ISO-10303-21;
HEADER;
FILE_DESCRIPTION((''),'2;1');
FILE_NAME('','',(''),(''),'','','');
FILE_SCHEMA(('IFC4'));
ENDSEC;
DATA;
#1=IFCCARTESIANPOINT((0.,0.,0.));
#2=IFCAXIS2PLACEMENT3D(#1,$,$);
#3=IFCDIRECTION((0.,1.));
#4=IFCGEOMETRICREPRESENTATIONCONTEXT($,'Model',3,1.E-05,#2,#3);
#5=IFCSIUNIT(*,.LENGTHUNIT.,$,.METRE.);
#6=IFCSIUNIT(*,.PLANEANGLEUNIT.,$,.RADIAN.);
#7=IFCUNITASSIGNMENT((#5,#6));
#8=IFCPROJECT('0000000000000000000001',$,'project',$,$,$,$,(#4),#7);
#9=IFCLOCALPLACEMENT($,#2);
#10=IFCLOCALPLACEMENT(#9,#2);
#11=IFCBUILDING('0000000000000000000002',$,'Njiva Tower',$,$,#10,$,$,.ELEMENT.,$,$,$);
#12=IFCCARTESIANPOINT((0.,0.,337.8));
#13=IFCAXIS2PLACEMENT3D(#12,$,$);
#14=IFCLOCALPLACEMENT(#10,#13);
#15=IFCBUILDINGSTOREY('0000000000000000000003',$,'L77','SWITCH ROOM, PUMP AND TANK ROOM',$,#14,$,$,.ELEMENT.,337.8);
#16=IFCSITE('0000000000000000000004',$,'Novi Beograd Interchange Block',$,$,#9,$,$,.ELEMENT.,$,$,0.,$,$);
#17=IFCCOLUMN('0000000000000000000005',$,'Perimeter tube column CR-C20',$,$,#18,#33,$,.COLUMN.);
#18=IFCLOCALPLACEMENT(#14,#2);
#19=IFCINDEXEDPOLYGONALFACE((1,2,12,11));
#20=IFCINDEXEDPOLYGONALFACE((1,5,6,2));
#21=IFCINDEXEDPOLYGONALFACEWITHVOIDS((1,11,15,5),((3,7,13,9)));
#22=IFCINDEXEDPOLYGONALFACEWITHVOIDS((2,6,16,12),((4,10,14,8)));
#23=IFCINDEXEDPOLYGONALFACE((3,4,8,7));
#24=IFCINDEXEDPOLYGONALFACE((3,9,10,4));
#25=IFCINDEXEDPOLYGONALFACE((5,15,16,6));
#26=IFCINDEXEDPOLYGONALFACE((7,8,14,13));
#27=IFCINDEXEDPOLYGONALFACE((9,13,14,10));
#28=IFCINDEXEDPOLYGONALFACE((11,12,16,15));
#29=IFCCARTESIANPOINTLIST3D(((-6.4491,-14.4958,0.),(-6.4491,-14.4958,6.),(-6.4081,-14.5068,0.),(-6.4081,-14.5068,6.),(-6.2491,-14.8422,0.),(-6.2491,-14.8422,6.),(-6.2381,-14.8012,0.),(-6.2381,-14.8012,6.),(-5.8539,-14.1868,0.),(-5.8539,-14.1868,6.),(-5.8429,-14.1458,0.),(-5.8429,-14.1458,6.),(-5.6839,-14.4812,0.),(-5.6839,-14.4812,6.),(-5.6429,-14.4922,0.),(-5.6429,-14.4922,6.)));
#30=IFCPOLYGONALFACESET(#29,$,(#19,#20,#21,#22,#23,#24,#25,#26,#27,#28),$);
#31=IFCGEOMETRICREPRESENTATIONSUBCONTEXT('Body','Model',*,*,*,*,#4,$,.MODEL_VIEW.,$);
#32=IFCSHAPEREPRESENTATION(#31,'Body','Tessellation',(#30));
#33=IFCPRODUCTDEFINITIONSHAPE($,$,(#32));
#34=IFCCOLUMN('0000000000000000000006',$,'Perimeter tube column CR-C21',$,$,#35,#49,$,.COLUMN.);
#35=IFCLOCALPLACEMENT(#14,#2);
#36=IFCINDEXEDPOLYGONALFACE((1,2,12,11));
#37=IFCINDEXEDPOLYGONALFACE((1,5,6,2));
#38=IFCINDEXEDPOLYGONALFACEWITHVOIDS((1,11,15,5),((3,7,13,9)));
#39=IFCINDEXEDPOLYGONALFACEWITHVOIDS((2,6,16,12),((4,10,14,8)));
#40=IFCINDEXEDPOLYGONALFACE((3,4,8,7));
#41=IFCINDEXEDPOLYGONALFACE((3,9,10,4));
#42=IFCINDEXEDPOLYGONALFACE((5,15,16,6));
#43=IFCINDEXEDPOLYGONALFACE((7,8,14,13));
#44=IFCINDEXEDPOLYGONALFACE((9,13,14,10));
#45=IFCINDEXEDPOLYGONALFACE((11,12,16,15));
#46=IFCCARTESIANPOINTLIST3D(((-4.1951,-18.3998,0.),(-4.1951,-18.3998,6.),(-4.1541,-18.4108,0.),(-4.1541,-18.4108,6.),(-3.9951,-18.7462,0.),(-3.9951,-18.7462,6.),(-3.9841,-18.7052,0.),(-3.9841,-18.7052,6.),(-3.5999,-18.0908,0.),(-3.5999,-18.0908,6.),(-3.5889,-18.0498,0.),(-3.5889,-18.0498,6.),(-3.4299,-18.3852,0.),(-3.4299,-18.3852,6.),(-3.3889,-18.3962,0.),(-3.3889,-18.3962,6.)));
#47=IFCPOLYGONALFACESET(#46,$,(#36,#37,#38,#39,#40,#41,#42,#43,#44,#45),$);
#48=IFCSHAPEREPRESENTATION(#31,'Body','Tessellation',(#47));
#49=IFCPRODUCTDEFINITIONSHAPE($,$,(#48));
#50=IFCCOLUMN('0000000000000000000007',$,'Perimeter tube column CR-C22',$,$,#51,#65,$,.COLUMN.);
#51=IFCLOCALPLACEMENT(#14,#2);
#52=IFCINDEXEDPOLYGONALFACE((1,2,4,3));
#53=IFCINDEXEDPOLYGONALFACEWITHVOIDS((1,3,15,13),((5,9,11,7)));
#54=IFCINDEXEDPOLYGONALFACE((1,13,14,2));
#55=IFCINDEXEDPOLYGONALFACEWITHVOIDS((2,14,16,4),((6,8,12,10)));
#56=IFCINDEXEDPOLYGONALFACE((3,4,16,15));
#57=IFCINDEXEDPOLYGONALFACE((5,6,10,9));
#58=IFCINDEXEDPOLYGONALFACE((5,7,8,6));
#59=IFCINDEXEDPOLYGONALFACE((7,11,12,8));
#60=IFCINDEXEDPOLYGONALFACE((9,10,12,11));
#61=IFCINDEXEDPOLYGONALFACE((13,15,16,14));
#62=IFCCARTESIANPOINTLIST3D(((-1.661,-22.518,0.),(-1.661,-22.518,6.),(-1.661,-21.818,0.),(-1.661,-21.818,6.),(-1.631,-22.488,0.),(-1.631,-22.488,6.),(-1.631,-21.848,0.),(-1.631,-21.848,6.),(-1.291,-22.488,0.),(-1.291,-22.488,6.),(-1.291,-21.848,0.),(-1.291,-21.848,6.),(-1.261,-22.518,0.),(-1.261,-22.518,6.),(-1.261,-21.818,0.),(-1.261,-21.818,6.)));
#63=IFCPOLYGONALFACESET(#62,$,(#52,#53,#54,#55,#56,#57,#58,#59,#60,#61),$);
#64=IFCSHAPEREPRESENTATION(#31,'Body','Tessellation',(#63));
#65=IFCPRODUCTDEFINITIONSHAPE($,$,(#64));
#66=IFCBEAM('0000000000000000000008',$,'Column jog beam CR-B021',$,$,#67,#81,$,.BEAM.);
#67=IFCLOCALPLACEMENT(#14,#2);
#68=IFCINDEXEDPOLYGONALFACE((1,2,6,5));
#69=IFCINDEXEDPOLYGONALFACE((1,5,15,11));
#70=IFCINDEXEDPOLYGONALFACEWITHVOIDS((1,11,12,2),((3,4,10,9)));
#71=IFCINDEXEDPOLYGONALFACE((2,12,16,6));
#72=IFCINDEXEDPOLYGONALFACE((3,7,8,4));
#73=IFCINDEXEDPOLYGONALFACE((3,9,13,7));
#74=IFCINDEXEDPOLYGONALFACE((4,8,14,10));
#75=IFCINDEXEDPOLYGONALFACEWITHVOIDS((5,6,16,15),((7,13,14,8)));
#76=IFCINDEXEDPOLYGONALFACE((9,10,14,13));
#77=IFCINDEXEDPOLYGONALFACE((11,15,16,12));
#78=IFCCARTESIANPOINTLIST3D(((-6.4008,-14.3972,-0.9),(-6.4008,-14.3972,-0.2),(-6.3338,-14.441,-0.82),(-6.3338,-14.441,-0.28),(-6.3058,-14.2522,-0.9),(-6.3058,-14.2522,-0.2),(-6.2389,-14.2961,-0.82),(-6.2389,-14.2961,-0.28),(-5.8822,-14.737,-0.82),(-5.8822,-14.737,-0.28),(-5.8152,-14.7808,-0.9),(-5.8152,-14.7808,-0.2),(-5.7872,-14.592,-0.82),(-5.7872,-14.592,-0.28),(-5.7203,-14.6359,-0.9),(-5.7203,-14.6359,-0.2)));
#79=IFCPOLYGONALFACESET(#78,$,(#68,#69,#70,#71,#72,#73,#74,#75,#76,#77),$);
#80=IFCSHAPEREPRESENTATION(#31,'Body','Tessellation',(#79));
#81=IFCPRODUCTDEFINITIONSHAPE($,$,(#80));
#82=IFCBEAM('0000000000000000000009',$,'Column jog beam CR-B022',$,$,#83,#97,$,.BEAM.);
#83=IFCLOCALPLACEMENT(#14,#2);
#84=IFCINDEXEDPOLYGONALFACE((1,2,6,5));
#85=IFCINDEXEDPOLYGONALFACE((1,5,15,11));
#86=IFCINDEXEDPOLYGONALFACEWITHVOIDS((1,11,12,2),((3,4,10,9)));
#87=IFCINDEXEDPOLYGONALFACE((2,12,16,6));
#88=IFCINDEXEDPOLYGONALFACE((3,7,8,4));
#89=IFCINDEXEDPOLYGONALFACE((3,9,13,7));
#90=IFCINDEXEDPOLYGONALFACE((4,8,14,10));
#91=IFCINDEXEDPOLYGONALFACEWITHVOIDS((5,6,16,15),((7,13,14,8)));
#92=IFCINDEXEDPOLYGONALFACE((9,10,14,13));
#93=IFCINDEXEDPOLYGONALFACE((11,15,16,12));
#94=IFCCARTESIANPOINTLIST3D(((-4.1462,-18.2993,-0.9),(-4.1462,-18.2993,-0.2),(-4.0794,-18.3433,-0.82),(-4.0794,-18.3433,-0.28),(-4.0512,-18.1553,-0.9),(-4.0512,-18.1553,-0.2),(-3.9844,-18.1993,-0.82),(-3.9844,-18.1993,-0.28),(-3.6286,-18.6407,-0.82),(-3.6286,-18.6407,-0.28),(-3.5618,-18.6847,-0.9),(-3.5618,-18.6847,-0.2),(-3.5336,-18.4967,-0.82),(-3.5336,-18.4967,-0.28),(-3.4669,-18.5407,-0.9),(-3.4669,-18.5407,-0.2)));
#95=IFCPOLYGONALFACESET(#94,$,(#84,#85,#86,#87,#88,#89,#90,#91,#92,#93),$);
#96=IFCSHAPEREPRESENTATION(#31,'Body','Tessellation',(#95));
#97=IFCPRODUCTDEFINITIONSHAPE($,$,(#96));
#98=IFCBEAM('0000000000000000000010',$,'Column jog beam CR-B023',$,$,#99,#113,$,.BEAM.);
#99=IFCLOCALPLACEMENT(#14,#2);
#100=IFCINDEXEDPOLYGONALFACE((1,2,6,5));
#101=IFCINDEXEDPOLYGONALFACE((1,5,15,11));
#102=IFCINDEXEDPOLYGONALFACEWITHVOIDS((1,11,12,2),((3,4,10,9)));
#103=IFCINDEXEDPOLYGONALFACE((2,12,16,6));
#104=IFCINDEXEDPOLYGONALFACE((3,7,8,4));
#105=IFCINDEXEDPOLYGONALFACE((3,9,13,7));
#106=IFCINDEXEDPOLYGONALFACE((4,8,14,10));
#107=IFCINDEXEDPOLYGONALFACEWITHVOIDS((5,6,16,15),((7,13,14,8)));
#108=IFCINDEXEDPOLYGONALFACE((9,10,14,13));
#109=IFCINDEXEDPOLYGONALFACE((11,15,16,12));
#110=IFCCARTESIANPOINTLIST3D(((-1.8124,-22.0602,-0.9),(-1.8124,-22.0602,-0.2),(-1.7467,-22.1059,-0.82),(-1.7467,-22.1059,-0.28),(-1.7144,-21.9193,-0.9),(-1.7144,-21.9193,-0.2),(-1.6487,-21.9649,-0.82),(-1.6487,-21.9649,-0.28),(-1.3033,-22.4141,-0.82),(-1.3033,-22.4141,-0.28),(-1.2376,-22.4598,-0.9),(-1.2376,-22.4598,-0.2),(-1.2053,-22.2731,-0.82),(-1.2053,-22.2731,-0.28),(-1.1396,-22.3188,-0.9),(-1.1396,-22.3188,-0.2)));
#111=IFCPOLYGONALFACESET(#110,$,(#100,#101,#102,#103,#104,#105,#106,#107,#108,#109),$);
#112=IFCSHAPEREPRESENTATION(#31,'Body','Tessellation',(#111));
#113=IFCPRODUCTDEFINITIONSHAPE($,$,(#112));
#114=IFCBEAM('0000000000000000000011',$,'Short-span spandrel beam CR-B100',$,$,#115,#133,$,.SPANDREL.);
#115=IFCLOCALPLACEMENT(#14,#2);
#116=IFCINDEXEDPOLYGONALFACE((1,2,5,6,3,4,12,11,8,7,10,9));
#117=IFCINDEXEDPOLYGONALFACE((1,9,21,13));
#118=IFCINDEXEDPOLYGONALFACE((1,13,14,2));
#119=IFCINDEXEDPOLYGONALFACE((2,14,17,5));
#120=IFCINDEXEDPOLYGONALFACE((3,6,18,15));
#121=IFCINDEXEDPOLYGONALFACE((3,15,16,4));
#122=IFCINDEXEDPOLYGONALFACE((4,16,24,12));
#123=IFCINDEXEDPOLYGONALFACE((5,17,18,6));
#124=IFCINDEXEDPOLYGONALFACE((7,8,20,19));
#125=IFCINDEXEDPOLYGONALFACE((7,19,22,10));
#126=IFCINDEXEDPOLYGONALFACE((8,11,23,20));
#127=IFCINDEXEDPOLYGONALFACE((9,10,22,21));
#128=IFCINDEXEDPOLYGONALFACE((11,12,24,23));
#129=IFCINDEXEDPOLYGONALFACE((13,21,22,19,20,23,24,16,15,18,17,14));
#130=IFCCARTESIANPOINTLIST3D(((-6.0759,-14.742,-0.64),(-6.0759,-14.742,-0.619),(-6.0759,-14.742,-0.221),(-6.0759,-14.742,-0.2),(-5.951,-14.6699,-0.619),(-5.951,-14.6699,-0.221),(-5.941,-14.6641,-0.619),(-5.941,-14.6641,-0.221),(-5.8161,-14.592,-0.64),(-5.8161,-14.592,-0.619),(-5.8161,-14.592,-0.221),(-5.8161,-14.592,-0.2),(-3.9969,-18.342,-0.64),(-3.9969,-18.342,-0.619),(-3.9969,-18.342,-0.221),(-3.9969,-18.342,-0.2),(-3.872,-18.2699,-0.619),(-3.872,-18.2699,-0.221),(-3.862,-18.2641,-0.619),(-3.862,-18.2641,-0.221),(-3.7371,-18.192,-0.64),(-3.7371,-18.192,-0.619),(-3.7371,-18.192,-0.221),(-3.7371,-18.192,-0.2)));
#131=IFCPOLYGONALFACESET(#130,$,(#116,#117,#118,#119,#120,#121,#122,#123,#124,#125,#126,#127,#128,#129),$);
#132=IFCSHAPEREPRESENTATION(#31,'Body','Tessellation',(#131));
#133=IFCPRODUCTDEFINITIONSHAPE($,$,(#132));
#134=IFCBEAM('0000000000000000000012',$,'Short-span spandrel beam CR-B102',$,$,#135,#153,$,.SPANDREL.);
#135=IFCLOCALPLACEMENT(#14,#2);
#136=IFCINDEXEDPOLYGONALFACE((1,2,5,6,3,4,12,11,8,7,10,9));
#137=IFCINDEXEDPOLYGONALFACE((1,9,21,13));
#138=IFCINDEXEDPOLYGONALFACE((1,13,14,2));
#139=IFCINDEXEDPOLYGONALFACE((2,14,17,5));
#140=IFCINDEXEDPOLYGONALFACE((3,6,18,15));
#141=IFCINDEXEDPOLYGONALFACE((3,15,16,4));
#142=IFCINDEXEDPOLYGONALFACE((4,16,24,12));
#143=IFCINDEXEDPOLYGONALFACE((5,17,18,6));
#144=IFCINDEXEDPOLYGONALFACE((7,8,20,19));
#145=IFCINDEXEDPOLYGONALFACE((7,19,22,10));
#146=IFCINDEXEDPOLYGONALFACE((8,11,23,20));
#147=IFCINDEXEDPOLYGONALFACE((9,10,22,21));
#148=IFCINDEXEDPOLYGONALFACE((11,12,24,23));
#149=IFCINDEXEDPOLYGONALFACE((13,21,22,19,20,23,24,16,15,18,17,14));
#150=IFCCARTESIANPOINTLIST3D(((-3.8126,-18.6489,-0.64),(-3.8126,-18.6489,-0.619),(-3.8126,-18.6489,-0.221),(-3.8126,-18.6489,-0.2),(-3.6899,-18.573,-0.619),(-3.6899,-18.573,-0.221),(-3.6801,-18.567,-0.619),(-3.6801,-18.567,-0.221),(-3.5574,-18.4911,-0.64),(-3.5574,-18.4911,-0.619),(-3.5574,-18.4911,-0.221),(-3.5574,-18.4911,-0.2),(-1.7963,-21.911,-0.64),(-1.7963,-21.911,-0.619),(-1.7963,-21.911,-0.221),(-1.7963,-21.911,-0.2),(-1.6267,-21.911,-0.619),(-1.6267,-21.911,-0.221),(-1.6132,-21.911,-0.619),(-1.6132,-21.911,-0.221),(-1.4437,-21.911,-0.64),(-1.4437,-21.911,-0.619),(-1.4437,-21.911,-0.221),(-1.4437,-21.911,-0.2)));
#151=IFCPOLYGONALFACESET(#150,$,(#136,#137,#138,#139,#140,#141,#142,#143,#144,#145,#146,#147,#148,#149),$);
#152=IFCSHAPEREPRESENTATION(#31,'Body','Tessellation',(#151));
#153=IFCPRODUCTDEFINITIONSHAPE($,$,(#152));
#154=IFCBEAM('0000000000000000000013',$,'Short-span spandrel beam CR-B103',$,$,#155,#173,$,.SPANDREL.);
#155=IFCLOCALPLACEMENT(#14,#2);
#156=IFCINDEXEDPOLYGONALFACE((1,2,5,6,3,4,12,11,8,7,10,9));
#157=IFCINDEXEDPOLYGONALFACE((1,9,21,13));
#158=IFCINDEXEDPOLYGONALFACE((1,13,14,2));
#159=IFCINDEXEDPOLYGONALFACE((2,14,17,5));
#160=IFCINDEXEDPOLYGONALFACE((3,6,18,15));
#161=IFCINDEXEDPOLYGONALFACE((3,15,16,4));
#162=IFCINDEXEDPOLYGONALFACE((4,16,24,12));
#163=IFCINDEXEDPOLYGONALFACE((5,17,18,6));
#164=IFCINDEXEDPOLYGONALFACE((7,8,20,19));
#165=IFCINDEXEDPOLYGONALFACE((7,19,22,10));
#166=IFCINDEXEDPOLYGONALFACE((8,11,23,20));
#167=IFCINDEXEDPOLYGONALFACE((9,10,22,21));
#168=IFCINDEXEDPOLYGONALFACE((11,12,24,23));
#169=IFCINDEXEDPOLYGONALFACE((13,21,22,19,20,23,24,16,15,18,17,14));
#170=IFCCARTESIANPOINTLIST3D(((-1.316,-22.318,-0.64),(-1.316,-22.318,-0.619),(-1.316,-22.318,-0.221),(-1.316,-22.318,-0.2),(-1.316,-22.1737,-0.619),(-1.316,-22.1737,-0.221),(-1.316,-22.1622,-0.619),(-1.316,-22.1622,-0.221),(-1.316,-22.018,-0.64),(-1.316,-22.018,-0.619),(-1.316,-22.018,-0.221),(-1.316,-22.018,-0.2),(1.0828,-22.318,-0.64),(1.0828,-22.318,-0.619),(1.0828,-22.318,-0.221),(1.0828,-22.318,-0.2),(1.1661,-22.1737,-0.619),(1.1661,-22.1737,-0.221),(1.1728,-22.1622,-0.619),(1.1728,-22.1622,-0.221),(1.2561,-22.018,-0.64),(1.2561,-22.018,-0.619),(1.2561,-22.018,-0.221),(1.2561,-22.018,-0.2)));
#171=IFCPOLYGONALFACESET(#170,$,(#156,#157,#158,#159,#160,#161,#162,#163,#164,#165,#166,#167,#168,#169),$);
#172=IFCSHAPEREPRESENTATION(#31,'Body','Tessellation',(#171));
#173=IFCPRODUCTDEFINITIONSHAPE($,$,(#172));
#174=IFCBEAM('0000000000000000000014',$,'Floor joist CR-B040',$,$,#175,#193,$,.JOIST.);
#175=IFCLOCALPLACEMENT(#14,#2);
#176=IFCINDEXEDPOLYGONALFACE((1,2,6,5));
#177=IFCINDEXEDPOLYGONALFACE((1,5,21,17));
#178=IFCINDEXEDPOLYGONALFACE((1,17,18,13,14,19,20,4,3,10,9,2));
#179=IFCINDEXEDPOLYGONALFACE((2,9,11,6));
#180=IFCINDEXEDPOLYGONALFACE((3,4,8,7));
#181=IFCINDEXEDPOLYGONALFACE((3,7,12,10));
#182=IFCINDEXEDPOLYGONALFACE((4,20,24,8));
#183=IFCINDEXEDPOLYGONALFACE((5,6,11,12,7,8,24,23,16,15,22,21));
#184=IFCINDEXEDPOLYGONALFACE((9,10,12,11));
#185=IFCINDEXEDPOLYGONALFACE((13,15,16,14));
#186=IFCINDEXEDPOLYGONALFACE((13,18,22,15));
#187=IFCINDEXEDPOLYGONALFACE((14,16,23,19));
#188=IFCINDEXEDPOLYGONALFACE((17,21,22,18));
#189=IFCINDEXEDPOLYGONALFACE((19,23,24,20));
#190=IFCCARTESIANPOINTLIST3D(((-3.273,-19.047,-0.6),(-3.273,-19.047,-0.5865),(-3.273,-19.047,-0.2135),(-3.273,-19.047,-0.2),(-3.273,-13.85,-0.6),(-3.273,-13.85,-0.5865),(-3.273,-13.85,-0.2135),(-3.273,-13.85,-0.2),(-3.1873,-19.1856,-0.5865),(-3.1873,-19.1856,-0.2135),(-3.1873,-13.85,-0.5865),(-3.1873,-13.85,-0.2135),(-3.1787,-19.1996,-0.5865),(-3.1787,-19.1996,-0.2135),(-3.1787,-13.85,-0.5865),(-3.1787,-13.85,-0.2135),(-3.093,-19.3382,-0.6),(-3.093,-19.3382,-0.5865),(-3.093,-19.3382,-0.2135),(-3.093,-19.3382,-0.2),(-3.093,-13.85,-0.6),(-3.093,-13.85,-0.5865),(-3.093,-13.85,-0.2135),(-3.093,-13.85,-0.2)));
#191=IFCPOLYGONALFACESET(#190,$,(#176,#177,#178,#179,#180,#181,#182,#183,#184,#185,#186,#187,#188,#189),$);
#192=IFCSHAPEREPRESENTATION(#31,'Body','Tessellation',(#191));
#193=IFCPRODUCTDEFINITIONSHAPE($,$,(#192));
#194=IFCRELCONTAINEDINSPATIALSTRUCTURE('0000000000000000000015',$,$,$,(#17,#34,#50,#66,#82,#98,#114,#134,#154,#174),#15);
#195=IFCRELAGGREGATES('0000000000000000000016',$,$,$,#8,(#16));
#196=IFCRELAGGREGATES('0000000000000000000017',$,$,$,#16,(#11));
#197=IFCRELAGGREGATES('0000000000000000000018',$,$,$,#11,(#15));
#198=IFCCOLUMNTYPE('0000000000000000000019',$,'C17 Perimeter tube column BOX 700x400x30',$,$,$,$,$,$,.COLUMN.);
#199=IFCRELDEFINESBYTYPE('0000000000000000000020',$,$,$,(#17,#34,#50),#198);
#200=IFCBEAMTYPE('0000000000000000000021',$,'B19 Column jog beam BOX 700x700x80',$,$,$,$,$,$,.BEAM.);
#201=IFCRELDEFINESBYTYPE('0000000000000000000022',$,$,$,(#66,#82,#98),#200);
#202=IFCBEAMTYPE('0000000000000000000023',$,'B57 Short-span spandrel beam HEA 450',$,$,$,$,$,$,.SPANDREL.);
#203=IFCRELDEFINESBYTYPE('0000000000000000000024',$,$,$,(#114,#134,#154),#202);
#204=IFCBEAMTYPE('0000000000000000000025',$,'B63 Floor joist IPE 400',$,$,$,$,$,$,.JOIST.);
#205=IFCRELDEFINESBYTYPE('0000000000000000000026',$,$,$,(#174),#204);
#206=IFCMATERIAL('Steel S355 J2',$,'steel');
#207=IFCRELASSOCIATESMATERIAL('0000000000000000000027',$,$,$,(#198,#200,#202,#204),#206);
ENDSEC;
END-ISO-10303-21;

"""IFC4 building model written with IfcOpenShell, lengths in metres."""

from ifc_helpers import new_model, si_unit, direction, frame, origin, origin_2d, place, context, subcontext, project, spatial, hollow_rectangle, i_section, extrude, clip, halfspace, material, material_profile, profile_set, type_object, element, save


model = new_model("IFC4")

# Units and contexts
model_context = context("Model", 3, precision=1e-05, world=origin(), true_north=direction((0.0, 1.0)))
body_context = subcontext(model_context, "Body", "Model", "MODEL_VIEW")
ifc_project = project(units=[si_unit("LENGTHUNIT", "METRE"), si_unit("PLANEANGLEUNIT", "RADIAN")], contexts=[model_context])

# Site, building, storey
site_placement = place(None, origin())
site = spatial("IfcSite", under=ifc_project, at=site_placement, Name="Novi Beograd Interchange Block", CompositionType="ELEMENT", RefElevation=0.0)
building_placement = place(site_placement, origin())
building = spatial("IfcBuilding", under=site, at=building_placement, Name="Njiva Tower", CompositionType="ELEMENT")
storey_placement = place(building_placement, frame((0.0, 0.0, 337.8)))
storey = spatial("IfcBuildingStorey", under=building, at=storey_placement, Name="L77", Description="SWITCH ROOM, PUMP AND TANK ROOM", CompositionType="ELEMENT", Elevation=337.8)

# Columns
ifc_material_1 = material(Name="Steel S355 J2", Category="steel")
ifc_material_profile_1 = material_profile(ifc_material_1, hollow_rectangle(XDim=0.4, YDim=0.7, WallThickness=0.03, at=origin_2d()), Name="BOX 700x400x30")
ifc_profile_set_1 = profile_set([ifc_material_profile_1], Name="Steel S355 J2")
column_type = type_object("IfcColumnType", Name="C17 Perimeter tube column BOX 700x400x30", PredefinedType="COLUMN", material=ifc_profile_set_1)
for number, where, z_axis, x_axis, name in (
    (1, (-6.046, -14.494, 0.0), (0.0, 0.0, 1.0), (0.5, -0.866025, 0.0), "Perimeter tube column CR-C20"),
    (2, (-3.792, -18.398, 0.0), (0.0, 0.0, 1.0), (0.5, -0.866025, 0.0), "Perimeter tube column CR-C21"),
    (3, (-1.461, -22.168, 0.0), (0.0, 0.0, 1.0), (1.0, 0.0, 0.0), "Perimeter tube column CR-C22"),
):
    element("IfcColumn", number, at=place(storey_placement, frame(where, z_axis=z_axis, x_axis=x_axis)), inside=storey, type_object=column_type, Name=name, PredefinedType="COLUMN", context=body_context, shape_type="SweptSolid", body=[
        extrude(hollow_rectangle(XDim=0.4, YDim=0.7, WallThickness=0.03, at=origin_2d()), origin(), (0.0, 0.0, 1.0), 6.0),
    ])

# Beams
ifc_material_profile_2 = material_profile(ifc_material_1, hollow_rectangle(XDim=0.7, YDim=0.7, WallThickness=0.08, at=origin_2d()), Name="BOX 700x700x80")
ifc_profile_set_2 = profile_set([ifc_material_profile_2], Name="Steel S355 J2")
beam_type_1 = type_object("IfcBeamType", Name="B19 Column jog beam BOX 700x700x80", PredefinedType="BEAM", material=ifc_profile_set_2)
beam_1_placement = place(storey_placement, frame((-6.108, -14.589, -0.55), z_axis=(0.548026, 0.836461, 0.0), x_axis=(-0.836461, 0.548026, 0.0)))
element("IfcBeam", 4, at=beam_1_placement, inside=storey, type_object=beam_type_1, Name="Column jog beam CR-B021", PredefinedType="BEAM", context=body_context, shape_type="SweptSolid", body=[
    extrude(hollow_rectangle(XDim=0.7, YDim=0.7, WallThickness=0.08, at=origin_2d()), origin(), (0.0, 0.0, 1.0), 0.1733),
])
beam_2_placement = place(storey_placement, frame((-3.854, -18.492, -0.55), z_axis=(0.550681, 0.834716, 0.0), x_axis=(-0.834716, 0.550681, 0.0)))
element("IfcBeam", 5, at=beam_2_placement, inside=storey, type_object=beam_type_1, Name="Column jog beam CR-B022", PredefinedType="BEAM", context=body_context, shape_type="SweptSolid", body=[
    extrude(hollow_rectangle(XDim=0.7, YDim=0.7, WallThickness=0.08, at=origin_2d()), origin(), (0.0, 0.0, 1.0), 0.1725),
])
beam_3_placement = place(storey_placement, frame((-1.525, -22.26, -0.55), z_axis=(0.570723, 0.821143, 0.0), x_axis=(-0.821143, 0.570723, 0.0)))
element("IfcBeam", 6, at=beam_3_placement, inside=storey, type_object=beam_type_1, Name="Column jog beam CR-B023", PredefinedType="BEAM", context=body_context, shape_type="SweptSolid", body=[
    extrude(hollow_rectangle(XDim=0.7, YDim=0.7, WallThickness=0.08, at=origin_2d()), origin(), (0.0, 0.0, 1.0), 0.1717),
])
ifc_material_profile_3 = material_profile(ifc_material_1, i_section(OverallWidth=0.3, OverallDepth=0.44, WebThickness=0.0115, FlangeThickness=0.021, at=origin_2d()), Name="HEA 450")
ifc_profile_set_3 = profile_set([ifc_material_profile_3], Name="Steel S355 J2")
beam_type_2 = type_object("IfcBeamType", Name="B57 Short-span spandrel beam HEA 450", PredefinedType="SPANDREL", material=ifc_profile_set_3)
beam_4_placement = place(storey_placement, frame((-5.946, -14.667, -0.42), z_axis=(0.500097, -0.865969, 0.0), x_axis=(0.865969, 0.500097, 0.0)))
element("IfcBeam", 7, at=beam_4_placement, inside=storey, type_object=beam_type_2, Name="Short-span spandrel beam CR-B100", PredefinedType="SPANDREL", context=body_context, shape_type="SweptSolid", body=[
    extrude(i_section(OverallWidth=0.3, OverallDepth=0.44, WebThickness=0.0115, FlangeThickness=0.021, at=origin_2d()), origin(), (0.0, 0.0, 1.0), 4.1572),
])
beam_5_placement = place(storey_placement, frame((-3.685, -18.57, -0.42), z_axis=(0.525758, -0.850634, 0.0), x_axis=(0.850634, 0.525758, 0.0)))
element("IfcBeam", 8, at=beam_5_placement, inside=storey, type_object=beam_type_2, Name="Short-span spandrel beam CR-B102", PredefinedType="SPANDREL", context=body_context, shape_type="Clipping", body=[
    clip(extrude(i_section(OverallWidth=0.3, OverallDepth=0.44, WebThickness=0.0115, FlangeThickness=0.021, at=origin_2d()), origin(), (0.0, 0.0, 1.0), 4.0407), halfspace(frame((-0.0265, 0.0, 3.9113), z_axis=(-0.525758, 0.0, 0.850634), x_axis=(0.0, 1.0, 0.0)), False)),
])
beam_6_placement = place(storey_placement, frame((-1.316, -22.168, -0.42), z_axis=(1.0, 0.0, 0.0), x_axis=(0.0, 1.0, 0.0)))
element("IfcBeam", 9, at=beam_6_placement, inside=storey, type_object=beam_type_2, Name="Short-span spandrel beam CR-B103", PredefinedType="SPANDREL", context=body_context, shape_type="Clipping", body=[
    clip(extrude(i_section(OverallWidth=0.3, OverallDepth=0.44, WebThickness=0.0115, FlangeThickness=0.021, at=origin_2d()), origin(), (0.0, 0.0, 1.0), 2.592), halfspace(frame((-0.0252, 0.0, 2.4709), z_axis=(-0.499998, 0.0, 0.866027), x_axis=(0.0, 1.0, 0.0)), False)),
])
ifc_material_profile_4 = material_profile(ifc_material_1, i_section(OverallWidth=0.18, OverallDepth=0.4, WebThickness=0.0086, FlangeThickness=0.0135, at=origin_2d()), Name="IPE 400")
ifc_profile_set_4 = profile_set([ifc_material_profile_4], Name="Steel S355 J2")
beam_type_3 = type_object("IfcBeamType", Name="B63 Floor joist IPE 400", PredefinedType="JOIST", material=ifc_profile_set_4)
beam_7_placement = place(storey_placement, frame((-3.183, -13.85, -0.4), z_axis=(0.0, -1.0, 0.0), x_axis=(1.0, 0.0, 0.0)))
element("IfcBeam", 10, at=beam_7_placement, inside=storey, type_object=beam_type_3, Name="Floor joist CR-B040", PredefinedType="JOIST", context=body_context, shape_type="Clipping", body=[
    clip(extrude(i_section(OverallWidth=0.18, OverallDepth=0.4, WebThickness=0.0086, FlangeThickness=0.0135, at=origin_2d()), origin(), (0.0, 0.0, 1.0), 5.508), halfspace(frame((-0.0429, 0.0, 5.2732), z_axis=(-0.85062, 0.0, 0.52578), x_axis=(0.0, 1.0, 0.0)), False)),
])

save(model, "model.ifc")
